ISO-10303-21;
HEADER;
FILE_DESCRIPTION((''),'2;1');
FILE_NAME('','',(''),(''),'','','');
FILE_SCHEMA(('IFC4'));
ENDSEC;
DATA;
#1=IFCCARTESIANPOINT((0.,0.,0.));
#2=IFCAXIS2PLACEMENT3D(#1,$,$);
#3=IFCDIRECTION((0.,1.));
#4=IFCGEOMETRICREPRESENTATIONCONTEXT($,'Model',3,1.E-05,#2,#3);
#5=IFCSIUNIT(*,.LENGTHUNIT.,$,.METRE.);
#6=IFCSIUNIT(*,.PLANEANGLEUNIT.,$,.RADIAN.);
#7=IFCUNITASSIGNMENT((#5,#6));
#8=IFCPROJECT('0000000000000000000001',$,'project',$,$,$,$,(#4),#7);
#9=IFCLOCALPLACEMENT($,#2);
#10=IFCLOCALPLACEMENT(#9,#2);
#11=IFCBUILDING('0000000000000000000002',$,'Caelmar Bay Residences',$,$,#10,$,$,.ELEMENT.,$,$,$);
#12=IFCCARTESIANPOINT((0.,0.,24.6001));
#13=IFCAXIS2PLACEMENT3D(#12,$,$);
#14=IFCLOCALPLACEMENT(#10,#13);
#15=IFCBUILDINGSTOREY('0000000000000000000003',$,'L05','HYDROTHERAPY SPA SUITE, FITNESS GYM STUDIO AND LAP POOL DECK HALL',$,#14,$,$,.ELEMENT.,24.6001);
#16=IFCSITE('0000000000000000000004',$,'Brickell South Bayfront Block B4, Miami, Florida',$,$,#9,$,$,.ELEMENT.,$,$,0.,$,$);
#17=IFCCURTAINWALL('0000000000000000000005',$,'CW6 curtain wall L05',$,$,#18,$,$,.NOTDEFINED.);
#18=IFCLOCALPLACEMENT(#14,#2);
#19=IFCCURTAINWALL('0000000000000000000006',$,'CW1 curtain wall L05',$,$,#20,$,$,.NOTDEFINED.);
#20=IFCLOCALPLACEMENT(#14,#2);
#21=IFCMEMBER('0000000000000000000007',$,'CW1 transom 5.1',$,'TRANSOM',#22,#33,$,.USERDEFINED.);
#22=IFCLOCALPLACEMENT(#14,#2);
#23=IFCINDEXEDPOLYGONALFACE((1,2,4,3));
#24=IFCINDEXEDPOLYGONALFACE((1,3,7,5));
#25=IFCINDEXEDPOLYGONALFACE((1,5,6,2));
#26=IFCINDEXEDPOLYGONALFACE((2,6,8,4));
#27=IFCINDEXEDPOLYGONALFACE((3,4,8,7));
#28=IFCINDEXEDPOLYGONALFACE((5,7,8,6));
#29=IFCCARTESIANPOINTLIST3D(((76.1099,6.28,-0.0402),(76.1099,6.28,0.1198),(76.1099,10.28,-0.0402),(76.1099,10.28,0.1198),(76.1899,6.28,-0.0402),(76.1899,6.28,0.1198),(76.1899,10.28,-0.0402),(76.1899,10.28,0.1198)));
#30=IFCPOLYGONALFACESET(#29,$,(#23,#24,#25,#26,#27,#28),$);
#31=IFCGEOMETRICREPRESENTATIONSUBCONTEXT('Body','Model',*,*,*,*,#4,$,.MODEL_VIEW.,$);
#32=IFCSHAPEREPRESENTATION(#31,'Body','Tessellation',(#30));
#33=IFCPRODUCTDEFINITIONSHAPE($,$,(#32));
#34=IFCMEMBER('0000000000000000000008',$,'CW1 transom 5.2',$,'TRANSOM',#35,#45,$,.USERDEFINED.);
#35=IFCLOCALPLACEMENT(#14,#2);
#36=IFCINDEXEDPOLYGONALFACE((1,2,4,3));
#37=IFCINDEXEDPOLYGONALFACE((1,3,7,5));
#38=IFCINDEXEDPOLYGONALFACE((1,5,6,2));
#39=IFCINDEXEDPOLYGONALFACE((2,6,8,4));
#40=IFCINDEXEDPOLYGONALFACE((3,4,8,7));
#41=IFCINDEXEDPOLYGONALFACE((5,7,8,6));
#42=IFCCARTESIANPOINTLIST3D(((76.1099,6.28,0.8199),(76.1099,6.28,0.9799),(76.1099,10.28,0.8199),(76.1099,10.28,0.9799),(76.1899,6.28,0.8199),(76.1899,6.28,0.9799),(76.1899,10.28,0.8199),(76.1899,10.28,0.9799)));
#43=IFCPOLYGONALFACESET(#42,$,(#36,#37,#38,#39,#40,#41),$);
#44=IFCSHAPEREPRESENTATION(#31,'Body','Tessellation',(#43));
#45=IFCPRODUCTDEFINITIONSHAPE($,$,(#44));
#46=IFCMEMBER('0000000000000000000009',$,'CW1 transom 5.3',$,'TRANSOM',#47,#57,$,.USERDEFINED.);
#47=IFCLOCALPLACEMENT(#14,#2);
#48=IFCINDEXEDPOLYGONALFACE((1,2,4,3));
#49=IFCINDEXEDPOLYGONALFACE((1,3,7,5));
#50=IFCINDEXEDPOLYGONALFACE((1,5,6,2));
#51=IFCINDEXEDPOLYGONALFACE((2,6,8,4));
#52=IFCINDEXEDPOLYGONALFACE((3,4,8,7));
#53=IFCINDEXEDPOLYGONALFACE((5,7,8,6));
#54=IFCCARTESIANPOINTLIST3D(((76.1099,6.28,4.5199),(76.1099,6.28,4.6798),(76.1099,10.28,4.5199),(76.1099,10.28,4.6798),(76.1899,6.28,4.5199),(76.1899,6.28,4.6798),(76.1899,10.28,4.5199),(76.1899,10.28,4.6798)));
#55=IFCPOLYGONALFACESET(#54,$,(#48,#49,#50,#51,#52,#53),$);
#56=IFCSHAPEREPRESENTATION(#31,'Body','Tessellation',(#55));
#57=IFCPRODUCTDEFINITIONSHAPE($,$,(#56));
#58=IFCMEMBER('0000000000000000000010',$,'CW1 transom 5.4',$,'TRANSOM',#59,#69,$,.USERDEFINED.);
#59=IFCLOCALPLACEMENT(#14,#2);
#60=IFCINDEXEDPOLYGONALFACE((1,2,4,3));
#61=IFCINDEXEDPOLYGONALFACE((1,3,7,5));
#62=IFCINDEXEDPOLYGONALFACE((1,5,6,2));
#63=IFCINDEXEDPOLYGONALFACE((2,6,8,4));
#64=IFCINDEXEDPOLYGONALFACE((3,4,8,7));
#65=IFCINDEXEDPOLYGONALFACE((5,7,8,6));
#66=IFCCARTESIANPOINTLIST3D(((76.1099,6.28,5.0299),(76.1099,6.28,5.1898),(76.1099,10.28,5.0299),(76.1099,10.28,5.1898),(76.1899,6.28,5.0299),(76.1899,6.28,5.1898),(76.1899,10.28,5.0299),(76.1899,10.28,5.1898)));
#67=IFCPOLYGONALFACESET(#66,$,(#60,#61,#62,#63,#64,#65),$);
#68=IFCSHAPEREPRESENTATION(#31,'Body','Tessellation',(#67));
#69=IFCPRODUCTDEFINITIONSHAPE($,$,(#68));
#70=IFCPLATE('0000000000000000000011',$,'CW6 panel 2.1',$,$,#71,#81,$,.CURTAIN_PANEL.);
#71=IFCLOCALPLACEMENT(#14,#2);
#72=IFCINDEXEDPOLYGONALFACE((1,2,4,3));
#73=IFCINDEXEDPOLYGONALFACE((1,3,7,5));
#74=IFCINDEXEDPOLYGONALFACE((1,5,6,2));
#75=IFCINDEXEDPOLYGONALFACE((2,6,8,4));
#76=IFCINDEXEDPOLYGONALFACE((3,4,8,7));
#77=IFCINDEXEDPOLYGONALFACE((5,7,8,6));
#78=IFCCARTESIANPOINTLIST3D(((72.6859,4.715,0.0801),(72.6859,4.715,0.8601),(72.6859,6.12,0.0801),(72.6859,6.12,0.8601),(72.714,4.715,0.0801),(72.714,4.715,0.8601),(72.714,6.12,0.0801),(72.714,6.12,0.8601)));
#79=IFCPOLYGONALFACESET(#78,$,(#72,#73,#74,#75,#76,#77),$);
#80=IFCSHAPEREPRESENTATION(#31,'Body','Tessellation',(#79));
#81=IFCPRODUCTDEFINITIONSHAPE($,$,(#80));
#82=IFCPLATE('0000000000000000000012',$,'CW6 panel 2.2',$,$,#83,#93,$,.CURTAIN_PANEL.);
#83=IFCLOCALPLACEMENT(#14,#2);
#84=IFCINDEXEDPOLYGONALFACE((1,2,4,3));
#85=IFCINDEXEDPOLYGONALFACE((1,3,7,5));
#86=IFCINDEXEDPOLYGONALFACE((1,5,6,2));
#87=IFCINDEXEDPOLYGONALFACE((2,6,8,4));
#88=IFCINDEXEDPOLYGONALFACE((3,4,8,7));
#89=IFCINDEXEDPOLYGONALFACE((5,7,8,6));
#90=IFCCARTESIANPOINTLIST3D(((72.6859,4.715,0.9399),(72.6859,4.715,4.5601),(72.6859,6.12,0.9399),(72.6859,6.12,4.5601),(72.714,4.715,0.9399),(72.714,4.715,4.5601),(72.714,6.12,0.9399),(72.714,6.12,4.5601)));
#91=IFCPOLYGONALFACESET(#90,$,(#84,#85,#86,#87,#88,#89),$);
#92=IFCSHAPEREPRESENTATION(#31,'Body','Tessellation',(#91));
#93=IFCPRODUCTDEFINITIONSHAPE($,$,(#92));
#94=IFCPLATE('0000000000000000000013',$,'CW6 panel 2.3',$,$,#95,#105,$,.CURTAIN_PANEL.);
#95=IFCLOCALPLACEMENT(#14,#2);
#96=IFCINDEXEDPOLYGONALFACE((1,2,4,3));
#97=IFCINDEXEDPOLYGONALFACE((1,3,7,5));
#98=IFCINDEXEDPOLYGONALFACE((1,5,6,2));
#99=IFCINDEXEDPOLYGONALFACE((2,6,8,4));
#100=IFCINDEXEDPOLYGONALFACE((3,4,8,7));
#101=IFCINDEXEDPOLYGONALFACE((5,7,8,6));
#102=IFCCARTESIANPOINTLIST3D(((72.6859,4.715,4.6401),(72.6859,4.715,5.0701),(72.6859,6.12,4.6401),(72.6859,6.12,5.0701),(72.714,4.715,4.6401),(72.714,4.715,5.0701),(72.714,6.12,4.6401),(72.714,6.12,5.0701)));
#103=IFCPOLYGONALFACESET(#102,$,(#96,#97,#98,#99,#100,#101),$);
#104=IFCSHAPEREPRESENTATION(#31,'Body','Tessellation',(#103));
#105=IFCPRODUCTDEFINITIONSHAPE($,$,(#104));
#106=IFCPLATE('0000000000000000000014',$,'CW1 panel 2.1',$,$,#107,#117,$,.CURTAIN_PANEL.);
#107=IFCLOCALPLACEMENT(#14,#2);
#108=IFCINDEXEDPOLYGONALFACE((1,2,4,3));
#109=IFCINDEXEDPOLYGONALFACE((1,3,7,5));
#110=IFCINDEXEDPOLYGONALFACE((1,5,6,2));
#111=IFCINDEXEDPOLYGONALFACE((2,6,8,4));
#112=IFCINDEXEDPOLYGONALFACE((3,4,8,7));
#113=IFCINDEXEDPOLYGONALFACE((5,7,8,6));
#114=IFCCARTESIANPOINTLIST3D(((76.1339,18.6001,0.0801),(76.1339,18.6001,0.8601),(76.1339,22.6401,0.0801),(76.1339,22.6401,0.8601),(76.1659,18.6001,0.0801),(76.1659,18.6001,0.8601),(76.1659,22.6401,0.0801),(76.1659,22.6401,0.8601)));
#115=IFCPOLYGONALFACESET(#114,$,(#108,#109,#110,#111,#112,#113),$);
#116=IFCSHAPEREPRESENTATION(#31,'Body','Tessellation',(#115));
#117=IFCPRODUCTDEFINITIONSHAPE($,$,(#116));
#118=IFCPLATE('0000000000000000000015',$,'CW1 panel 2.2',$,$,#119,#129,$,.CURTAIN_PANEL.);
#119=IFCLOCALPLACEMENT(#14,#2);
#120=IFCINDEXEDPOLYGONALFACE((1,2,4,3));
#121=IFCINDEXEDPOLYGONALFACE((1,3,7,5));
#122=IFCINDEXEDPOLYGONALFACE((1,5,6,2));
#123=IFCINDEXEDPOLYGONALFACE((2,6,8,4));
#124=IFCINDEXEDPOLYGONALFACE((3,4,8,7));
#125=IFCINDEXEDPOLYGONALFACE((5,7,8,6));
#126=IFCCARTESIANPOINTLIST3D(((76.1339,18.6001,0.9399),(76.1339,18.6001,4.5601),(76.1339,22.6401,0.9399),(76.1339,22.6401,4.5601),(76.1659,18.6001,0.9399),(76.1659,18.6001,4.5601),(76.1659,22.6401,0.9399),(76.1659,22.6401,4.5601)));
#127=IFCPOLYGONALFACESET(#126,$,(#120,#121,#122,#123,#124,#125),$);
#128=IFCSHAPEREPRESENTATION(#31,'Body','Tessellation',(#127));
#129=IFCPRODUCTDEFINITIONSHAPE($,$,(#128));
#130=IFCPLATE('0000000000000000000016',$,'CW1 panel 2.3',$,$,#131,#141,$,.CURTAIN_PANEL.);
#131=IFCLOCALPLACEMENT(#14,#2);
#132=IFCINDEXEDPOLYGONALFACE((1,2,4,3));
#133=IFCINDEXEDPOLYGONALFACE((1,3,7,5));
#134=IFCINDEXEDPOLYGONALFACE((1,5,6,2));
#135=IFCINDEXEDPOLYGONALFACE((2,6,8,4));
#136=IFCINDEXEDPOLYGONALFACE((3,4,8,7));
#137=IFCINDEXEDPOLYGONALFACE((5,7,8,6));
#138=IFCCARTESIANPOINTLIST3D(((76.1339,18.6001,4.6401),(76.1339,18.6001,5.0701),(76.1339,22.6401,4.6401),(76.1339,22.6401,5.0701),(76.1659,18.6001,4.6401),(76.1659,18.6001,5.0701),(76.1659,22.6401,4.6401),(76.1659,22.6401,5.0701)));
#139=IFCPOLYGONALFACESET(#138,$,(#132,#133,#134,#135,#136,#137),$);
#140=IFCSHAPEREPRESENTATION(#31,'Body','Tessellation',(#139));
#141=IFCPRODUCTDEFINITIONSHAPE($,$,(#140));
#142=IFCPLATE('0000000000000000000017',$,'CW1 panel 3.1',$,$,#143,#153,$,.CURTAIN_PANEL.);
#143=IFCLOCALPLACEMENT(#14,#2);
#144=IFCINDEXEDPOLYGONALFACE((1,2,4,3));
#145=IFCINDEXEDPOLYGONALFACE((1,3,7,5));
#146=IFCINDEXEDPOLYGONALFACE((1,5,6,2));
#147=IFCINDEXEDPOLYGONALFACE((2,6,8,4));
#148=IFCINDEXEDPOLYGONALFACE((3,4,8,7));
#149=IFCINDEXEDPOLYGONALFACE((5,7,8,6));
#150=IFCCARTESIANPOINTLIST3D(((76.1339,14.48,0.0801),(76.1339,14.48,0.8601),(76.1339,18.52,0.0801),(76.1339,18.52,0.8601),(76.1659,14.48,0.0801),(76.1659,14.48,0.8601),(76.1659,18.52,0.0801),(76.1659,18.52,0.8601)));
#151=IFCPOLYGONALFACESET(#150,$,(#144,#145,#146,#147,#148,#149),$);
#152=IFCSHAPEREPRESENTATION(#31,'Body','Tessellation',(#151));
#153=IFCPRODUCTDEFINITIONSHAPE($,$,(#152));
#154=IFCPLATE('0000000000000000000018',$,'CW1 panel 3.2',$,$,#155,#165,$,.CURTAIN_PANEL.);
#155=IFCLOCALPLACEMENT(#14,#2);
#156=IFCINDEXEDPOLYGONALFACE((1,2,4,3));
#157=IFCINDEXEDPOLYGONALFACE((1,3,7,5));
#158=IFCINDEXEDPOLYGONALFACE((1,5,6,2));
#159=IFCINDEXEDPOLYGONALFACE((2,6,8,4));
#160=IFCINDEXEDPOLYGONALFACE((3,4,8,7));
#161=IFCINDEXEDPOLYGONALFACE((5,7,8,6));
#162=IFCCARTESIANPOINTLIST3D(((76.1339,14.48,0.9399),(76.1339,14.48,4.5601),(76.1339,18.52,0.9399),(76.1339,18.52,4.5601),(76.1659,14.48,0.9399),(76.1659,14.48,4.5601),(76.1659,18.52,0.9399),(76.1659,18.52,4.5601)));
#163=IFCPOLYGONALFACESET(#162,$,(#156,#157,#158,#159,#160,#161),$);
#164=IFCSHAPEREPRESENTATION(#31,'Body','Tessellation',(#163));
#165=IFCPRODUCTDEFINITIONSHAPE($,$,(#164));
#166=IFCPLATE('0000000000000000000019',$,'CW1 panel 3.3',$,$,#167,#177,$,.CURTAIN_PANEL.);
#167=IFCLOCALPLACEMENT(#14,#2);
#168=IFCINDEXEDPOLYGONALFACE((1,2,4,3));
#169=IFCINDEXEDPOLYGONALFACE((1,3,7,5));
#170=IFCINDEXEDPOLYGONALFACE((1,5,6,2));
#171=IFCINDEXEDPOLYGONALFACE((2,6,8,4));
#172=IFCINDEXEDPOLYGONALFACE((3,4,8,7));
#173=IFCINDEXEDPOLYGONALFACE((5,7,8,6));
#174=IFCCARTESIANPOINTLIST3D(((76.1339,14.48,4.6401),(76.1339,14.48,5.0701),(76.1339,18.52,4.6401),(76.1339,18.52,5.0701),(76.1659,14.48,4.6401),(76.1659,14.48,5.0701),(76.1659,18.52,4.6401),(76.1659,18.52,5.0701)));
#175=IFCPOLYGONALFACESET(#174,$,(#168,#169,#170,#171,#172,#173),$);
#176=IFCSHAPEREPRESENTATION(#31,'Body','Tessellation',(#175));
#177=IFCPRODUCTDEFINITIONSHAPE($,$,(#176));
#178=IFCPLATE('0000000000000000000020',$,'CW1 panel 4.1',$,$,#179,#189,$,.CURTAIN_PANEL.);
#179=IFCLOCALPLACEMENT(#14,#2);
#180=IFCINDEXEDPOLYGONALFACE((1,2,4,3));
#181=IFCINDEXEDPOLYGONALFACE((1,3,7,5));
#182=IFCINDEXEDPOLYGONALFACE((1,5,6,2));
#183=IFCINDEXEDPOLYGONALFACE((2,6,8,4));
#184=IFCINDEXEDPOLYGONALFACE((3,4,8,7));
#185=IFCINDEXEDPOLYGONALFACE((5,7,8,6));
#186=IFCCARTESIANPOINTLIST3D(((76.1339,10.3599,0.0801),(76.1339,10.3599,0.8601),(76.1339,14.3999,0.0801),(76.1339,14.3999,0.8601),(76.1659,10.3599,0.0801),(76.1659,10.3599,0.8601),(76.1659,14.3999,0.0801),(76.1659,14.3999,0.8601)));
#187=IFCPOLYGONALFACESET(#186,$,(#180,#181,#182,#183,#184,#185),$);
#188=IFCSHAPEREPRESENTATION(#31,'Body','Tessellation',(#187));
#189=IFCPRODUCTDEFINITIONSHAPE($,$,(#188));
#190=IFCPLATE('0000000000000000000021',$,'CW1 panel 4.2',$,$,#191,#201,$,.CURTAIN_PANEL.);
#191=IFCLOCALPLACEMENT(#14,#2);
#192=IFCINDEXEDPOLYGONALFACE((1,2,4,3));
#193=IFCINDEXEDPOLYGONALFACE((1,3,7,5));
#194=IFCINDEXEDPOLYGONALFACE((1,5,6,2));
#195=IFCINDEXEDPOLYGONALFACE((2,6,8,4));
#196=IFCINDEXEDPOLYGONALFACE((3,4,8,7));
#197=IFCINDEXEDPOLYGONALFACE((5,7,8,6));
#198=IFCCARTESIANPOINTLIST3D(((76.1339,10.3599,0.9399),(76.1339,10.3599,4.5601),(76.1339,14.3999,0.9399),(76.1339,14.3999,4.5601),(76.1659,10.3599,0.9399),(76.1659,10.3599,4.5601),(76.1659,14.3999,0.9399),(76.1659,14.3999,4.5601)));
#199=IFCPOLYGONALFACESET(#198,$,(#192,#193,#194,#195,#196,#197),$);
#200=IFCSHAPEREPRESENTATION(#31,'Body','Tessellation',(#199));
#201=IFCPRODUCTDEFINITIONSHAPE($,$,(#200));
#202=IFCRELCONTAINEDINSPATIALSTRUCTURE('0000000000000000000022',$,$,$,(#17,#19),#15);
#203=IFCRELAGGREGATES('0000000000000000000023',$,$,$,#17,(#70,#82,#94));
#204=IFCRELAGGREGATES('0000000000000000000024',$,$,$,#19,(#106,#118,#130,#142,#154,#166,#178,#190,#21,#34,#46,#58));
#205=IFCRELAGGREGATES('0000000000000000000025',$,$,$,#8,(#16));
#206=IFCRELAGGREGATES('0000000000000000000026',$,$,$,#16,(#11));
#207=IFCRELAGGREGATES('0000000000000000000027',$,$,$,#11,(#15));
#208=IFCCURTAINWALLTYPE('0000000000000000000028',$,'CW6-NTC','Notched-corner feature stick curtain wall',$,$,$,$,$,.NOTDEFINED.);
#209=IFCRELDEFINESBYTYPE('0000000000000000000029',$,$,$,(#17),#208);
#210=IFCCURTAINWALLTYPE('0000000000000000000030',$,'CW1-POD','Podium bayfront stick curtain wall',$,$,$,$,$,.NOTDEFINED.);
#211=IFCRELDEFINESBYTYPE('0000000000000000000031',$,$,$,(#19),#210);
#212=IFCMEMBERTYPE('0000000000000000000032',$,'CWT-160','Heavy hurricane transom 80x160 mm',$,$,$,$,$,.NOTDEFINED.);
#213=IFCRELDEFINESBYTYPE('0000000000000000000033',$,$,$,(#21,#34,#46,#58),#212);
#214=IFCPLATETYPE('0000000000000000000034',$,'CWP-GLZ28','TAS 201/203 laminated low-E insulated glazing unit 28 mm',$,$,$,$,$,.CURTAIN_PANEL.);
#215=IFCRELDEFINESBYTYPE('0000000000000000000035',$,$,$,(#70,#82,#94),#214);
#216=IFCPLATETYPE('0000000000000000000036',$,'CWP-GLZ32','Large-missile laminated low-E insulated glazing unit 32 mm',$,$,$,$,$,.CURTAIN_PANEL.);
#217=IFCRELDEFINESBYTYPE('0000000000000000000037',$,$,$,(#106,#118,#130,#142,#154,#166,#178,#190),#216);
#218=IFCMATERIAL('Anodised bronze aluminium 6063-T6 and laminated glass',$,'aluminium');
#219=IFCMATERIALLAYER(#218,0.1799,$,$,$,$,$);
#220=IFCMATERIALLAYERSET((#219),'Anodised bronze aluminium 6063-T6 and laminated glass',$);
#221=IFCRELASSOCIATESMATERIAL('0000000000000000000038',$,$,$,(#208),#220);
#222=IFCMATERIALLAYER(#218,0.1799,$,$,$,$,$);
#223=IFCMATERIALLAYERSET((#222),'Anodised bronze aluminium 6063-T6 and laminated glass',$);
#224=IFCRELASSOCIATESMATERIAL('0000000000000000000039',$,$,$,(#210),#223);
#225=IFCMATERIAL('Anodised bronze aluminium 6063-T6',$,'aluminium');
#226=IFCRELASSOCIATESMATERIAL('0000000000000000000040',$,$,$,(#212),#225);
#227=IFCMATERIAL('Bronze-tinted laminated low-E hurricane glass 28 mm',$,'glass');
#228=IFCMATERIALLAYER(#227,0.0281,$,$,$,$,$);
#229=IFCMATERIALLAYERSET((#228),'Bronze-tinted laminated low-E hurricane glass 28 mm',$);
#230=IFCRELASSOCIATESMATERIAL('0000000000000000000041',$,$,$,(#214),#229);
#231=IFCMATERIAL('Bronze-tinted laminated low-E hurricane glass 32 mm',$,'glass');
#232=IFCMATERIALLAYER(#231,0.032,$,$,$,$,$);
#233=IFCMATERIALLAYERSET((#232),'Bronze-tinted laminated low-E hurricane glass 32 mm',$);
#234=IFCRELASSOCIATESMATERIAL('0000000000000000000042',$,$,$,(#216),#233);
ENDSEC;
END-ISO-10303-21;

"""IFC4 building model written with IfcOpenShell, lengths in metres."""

from ifc_helpers import new_model, si_unit, direction, frame, origin, origin_2d, place, context, subcontext, project, spatial, rectangle, extrude, material, layer, layer_set, material_profile, profile_set, type_object, element, aggregate, save


model = new_model("IFC4")

# Units and contexts
model_context = context("Model", 3, precision=1e-05, world=origin(), true_north=direction((0.0, 1.0)))
body_context = subcontext(model_context, "Body", "Model", "MODEL_VIEW")
ifc_project = project(units=[si_unit("LENGTHUNIT", "METRE"), si_unit("PLANEANGLEUNIT", "RADIAN")], contexts=[model_context])

# Site, building, storey
site_placement = place(None, origin())
site = spatial("IfcSite", under=ifc_project, at=site_placement, Name="Brickell South Bayfront Block B4, Miami, Florida", CompositionType="ELEMENT", RefElevation=0.0)
building_placement = place(site_placement, origin())
building = spatial("IfcBuilding", under=site, at=building_placement, Name="Caelmar Bay Residences", CompositionType="ELEMENT")
storey_placement = place(building_placement, frame((0.0, 0.0, 24.6001)))
storey = spatial("IfcBuildingStorey", under=building, at=storey_placement, Name="L05", Description="HYDROTHERAPY SPA SUITE, FITNESS GYM STUDIO AND LAP POOL DECK HALL", CompositionType="ELEMENT", Elevation=24.6001)

# Curtain wall
ifc_material_1 = material(Name="Anodised bronze aluminium 6063-T6 and laminated glass", Category="aluminium")
ifc_layer_1 = layer(ifc_material_1, 0.1799)
ifc_layer_set_1 = layer_set([ifc_layer_1], Name="Anodised bronze aluminium 6063-T6 and laminated glass")
curtain_wall_type_1 = type_object("IfcCurtainWallType", Name="CW6-NTC", Description="Notched-corner feature stick curtain wall", PredefinedType="NOTDEFINED", material=ifc_layer_set_1)
curtain_wall_1_placement = place(storey_placement, origin())
curtain_wall_1 = element("IfcCurtainWall", 1, at=curtain_wall_1_placement, inside=storey, type_object=curtain_wall_type_1, Name="CW6 curtain wall L05", PredefinedType="NOTDEFINED")
ifc_material_2 = material(Name="Anodised bronze aluminium 6063-T6", Category="aluminium")

# Curtain wall
ifc_layer_2 = layer(ifc_material_1, 0.1799)
ifc_layer_set_2 = layer_set([ifc_layer_2], Name="Anodised bronze aluminium 6063-T6 and laminated glass")
curtain_wall_type_2 = type_object("IfcCurtainWallType", Name="CW1-POD", Description="Podium bayfront stick curtain wall", PredefinedType="NOTDEFINED", material=ifc_layer_set_2)
curtain_wall_2_placement = place(storey_placement, origin())
curtain_wall_2 = element("IfcCurtainWall", 2, at=curtain_wall_2_placement, inside=storey, type_object=curtain_wall_type_2, Name="CW1 curtain wall L05", PredefinedType="NOTDEFINED")

# Members
ifc_material_profile_1 = material_profile(ifc_material_2, rectangle(XDim=0.0801, YDim=0.1599, at=origin_2d()), Name="CWT-80X160")
ifc_profile_set_1 = profile_set([ifc_material_profile_1], Name="Anodised bronze aluminium 6063-T6")
member_type_1 = type_object("IfcMemberType", Name="CWT-160", Description="Heavy hurricane transom 80x160 mm", PredefinedType="NOTDEFINED", material=ifc_profile_set_1)
member_1_placement = place(storey_placement, frame((76.1499, 10.28, 0.0398), z_axis=(0.0, -1.0, 0.0), x_axis=(1.0, 0.0, 0.0)))
member_1 = element("IfcMember", 3, at=member_1_placement, type_object=member_type_1, Name="CW1 transom 5.1", ObjectType="TRANSOM", PredefinedType="USERDEFINED", context=body_context, shape_type="SweptSolid", body=[
    extrude(rectangle(XDim=0.0801, YDim=0.1599, at=origin_2d()), origin(), (0.0, 0.0, 1.0), 4.0),
])
member_2_placement = place(storey_placement, frame((76.1499, 10.28, 0.8999), z_axis=(0.0, -1.0, 0.0), x_axis=(1.0, 0.0, 0.0)))
member_2 = element("IfcMember", 4, at=member_2_placement, type_object=member_type_1, Name="CW1 transom 5.2", ObjectType="TRANSOM", PredefinedType="USERDEFINED", context=body_context, shape_type="SweptSolid", body=[
    extrude(rectangle(XDim=0.0801, YDim=0.1599, at=origin_2d()), origin(), (0.0, 0.0, 1.0), 4.0),
])
member_3_placement = place(storey_placement, frame((76.1499, 10.28, 4.5999), z_axis=(0.0, -1.0, 0.0), x_axis=(1.0, 0.0, 0.0)))
member_3 = element("IfcMember", 5, at=member_3_placement, type_object=member_type_1, Name="CW1 transom 5.3", ObjectType="TRANSOM", PredefinedType="USERDEFINED", context=body_context, shape_type="SweptSolid", body=[
    extrude(rectangle(XDim=0.0801, YDim=0.1599, at=origin_2d()), origin(), (0.0, 0.0, 1.0), 4.0),
])
member_4_placement = place(storey_placement, frame((76.1499, 10.28, 5.1099), z_axis=(0.0, -1.0, 0.0), x_axis=(1.0, 0.0, 0.0)))
member_4 = element("IfcMember", 6, at=member_4_placement, type_object=member_type_1, Name="CW1 transom 5.4", ObjectType="TRANSOM", PredefinedType="USERDEFINED", context=body_context, shape_type="SweptSolid", body=[
    extrude(rectangle(XDim=0.0801, YDim=0.1599, at=origin_2d()), origin(), (0.0, 0.0, 1.0), 4.0),
])

# Plates
ifc_material_3 = material(Name="Bronze-tinted laminated low-E hurricane glass 28 mm", Category="glass")
ifc_layer_3 = layer(ifc_material_3, 0.0281)
ifc_layer_set_3 = layer_set([ifc_layer_3], Name="Bronze-tinted laminated low-E hurricane glass 28 mm")
plate_type_1 = type_object("IfcPlateType", Name="CWP-GLZ28", Description="TAS 201/203 laminated low-E insulated glazing unit 28 mm", PredefinedType="CURTAIN_PANEL", material=ifc_layer_set_3)
plate_1_placement = place(storey_placement, frame((72.7, 5.4175, 0.0801), z_axis=(0.0, 0.0, 1.0), x_axis=(0.0, 1.0, 0.0)))
plate_1 = element("IfcPlate", 7, at=plate_1_placement, type_object=plate_type_1, Name="CW6 panel 2.1", PredefinedType="CURTAIN_PANEL", context=body_context, shape_type="SweptSolid", body=[
    extrude(rectangle(XDim=1.405, YDim=0.0281, at=origin_2d()), origin(), (0.0, 0.0, 1.0), 0.78),
])
plate_2_placement = place(storey_placement, frame((72.7, 5.4175, 0.9399), z_axis=(0.0, 0.0, 1.0), x_axis=(0.0, 1.0, 0.0)))
plate_2 = element("IfcPlate", 8, at=plate_2_placement, type_object=plate_type_1, Name="CW6 panel 2.2", PredefinedType="CURTAIN_PANEL", context=body_context, shape_type="SweptSolid", body=[
    extrude(rectangle(XDim=1.405, YDim=0.0281, at=origin_2d()), origin(), (0.0, 0.0, 1.0), 3.6201),
])
plate_3_placement = place(storey_placement, frame((72.7, 5.4175, 4.6401), z_axis=(0.0, 0.0, 1.0), x_axis=(0.0, 1.0, 0.0)))
plate_3 = element("IfcPlate", 9, at=plate_3_placement, type_object=plate_type_1, Name="CW6 panel 2.3", PredefinedType="CURTAIN_PANEL", context=body_context, shape_type="SweptSolid", body=[
    extrude(rectangle(XDim=1.405, YDim=0.0281, at=origin_2d()), origin(), (0.0, 0.0, 1.0), 0.4299),
])
aggregate(curtain_wall_1, [plate_1, plate_2, plate_3])
ifc_material_4 = material(Name="Bronze-tinted laminated low-E hurricane glass 32 mm", Category="glass")
ifc_layer_4 = layer(ifc_material_4, 0.032)
ifc_layer_set_4 = layer_set([ifc_layer_4], Name="Bronze-tinted laminated low-E hurricane glass 32 mm")
plate_type_2 = type_object("IfcPlateType", Name="CWP-GLZ32", Description="Large-missile laminated low-E insulated glazing unit 32 mm", PredefinedType="CURTAIN_PANEL", material=ifc_layer_set_4)
plate_4_placement = place(storey_placement, frame((76.1499, 20.6201, 0.0801), z_axis=(0.0, 0.0, 1.0), x_axis=(0.0, -1.0, 0.0)))
plate_4 = element("IfcPlate", 10, at=plate_4_placement, type_object=plate_type_2, Name="CW1 panel 2.1", PredefinedType="CURTAIN_PANEL", context=body_context, shape_type="SweptSolid", body=[
    extrude(rectangle(XDim=4.04, YDim=0.032, at=origin_2d()), origin(), (0.0, 0.0, 1.0), 0.78),
])
plate_5_placement = place(storey_placement, frame((76.1499, 20.6201, 0.9399), z_axis=(0.0, 0.0, 1.0), x_axis=(0.0, -1.0, 0.0)))
plate_5 = element("IfcPlate", 11, at=plate_5_placement, type_object=plate_type_2, Name="CW1 panel 2.2", PredefinedType="CURTAIN_PANEL", context=body_context, shape_type="SweptSolid", body=[
    extrude(rectangle(XDim=4.04, YDim=0.032, at=origin_2d()), origin(), (0.0, 0.0, 1.0), 3.6201),
])
plate_6_placement = place(storey_placement, frame((76.1499, 20.6201, 4.6401), z_axis=(0.0, 0.0, 1.0), x_axis=(0.0, -1.0, 0.0)))
plate_6 = element("IfcPlate", 12, at=plate_6_placement, type_object=plate_type_2, Name="CW1 panel 2.3", PredefinedType="CURTAIN_PANEL", context=body_context, shape_type="SweptSolid", body=[
    extrude(rectangle(XDim=4.04, YDim=0.032, at=origin_2d()), origin(), (0.0, 0.0, 1.0), 0.4299),
])
plate_7_placement = place(storey_placement, frame((76.1499, 16.5, 0.0801), z_axis=(0.0, 0.0, 1.0), x_axis=(0.0, -1.0, 0.0)))
plate_7 = element("IfcPlate", 13, at=plate_7_placement, type_object=plate_type_2, Name="CW1 panel 3.1", PredefinedType="CURTAIN_PANEL", context=body_context, shape_type="SweptSolid", body=[
    extrude(rectangle(XDim=4.04, YDim=0.032, at=origin_2d()), origin(), (0.0, 0.0, 1.0), 0.78),
])
plate_8_placement = place(storey_placement, frame((76.1499, 16.5, 0.9399), z_axis=(0.0, 0.0, 1.0), x_axis=(0.0, -1.0, 0.0)))
plate_8 = element("IfcPlate", 14, at=plate_8_placement, type_object=plate_type_2, Name="CW1 panel 3.2", PredefinedType="CURTAIN_PANEL", context=body_context, shape_type="SweptSolid", body=[
    extrude(rectangle(XDim=4.04, YDim=0.032, at=origin_2d()), origin(), (0.0, 0.0, 1.0), 3.6201),
])
plate_9_placement = place(storey_placement, frame((76.1499, 16.5, 4.6401), z_axis=(0.0, 0.0, 1.0), x_axis=(0.0, -1.0, 0.0)))
plate_9 = element("IfcPlate", 15, at=plate_9_placement, type_object=plate_type_2, Name="CW1 panel 3.3", PredefinedType="CURTAIN_PANEL", context=body_context, shape_type="SweptSolid", body=[
    extrude(rectangle(XDim=4.04, YDim=0.032, at=origin_2d()), origin(), (0.0, 0.0, 1.0), 0.4299),
])
plate_10_placement = place(storey_placement, frame((76.1499, 12.3799, 0.0801), z_axis=(0.0, 0.0, 1.0), x_axis=(0.0, -1.0, 0.0)))
plate_10 = element("IfcPlate", 16, at=plate_10_placement, type_object=plate_type_2, Name="CW1 panel 4.1", PredefinedType="CURTAIN_PANEL", context=body_context, shape_type="SweptSolid", body=[
    extrude(rectangle(XDim=4.04, YDim=0.032, at=origin_2d()), origin(), (0.0, 0.0, 1.0), 0.78),
])
plate_11_placement = place(storey_placement, frame((76.1499, 12.3799, 0.9399), z_axis=(0.0, 0.0, 1.0), x_axis=(0.0, -1.0, 0.0)))
plate_11 = element("IfcPlate", 17, at=plate_11_placement, type_object=plate_type_2, Name="CW1 panel 4.2", PredefinedType="CURTAIN_PANEL", context=body_context, shape_type="SweptSolid", body=[
    extrude(rectangle(XDim=4.04, YDim=0.032, at=origin_2d()), origin(), (0.0, 0.0, 1.0), 3.6201),
])
aggregate(curtain_wall_2, [plate_4, plate_5, plate_6, plate_7, plate_8, plate_9, plate_10, plate_11, member_1, member_2, member_3, member_4])

save(model, "model.ifc")
